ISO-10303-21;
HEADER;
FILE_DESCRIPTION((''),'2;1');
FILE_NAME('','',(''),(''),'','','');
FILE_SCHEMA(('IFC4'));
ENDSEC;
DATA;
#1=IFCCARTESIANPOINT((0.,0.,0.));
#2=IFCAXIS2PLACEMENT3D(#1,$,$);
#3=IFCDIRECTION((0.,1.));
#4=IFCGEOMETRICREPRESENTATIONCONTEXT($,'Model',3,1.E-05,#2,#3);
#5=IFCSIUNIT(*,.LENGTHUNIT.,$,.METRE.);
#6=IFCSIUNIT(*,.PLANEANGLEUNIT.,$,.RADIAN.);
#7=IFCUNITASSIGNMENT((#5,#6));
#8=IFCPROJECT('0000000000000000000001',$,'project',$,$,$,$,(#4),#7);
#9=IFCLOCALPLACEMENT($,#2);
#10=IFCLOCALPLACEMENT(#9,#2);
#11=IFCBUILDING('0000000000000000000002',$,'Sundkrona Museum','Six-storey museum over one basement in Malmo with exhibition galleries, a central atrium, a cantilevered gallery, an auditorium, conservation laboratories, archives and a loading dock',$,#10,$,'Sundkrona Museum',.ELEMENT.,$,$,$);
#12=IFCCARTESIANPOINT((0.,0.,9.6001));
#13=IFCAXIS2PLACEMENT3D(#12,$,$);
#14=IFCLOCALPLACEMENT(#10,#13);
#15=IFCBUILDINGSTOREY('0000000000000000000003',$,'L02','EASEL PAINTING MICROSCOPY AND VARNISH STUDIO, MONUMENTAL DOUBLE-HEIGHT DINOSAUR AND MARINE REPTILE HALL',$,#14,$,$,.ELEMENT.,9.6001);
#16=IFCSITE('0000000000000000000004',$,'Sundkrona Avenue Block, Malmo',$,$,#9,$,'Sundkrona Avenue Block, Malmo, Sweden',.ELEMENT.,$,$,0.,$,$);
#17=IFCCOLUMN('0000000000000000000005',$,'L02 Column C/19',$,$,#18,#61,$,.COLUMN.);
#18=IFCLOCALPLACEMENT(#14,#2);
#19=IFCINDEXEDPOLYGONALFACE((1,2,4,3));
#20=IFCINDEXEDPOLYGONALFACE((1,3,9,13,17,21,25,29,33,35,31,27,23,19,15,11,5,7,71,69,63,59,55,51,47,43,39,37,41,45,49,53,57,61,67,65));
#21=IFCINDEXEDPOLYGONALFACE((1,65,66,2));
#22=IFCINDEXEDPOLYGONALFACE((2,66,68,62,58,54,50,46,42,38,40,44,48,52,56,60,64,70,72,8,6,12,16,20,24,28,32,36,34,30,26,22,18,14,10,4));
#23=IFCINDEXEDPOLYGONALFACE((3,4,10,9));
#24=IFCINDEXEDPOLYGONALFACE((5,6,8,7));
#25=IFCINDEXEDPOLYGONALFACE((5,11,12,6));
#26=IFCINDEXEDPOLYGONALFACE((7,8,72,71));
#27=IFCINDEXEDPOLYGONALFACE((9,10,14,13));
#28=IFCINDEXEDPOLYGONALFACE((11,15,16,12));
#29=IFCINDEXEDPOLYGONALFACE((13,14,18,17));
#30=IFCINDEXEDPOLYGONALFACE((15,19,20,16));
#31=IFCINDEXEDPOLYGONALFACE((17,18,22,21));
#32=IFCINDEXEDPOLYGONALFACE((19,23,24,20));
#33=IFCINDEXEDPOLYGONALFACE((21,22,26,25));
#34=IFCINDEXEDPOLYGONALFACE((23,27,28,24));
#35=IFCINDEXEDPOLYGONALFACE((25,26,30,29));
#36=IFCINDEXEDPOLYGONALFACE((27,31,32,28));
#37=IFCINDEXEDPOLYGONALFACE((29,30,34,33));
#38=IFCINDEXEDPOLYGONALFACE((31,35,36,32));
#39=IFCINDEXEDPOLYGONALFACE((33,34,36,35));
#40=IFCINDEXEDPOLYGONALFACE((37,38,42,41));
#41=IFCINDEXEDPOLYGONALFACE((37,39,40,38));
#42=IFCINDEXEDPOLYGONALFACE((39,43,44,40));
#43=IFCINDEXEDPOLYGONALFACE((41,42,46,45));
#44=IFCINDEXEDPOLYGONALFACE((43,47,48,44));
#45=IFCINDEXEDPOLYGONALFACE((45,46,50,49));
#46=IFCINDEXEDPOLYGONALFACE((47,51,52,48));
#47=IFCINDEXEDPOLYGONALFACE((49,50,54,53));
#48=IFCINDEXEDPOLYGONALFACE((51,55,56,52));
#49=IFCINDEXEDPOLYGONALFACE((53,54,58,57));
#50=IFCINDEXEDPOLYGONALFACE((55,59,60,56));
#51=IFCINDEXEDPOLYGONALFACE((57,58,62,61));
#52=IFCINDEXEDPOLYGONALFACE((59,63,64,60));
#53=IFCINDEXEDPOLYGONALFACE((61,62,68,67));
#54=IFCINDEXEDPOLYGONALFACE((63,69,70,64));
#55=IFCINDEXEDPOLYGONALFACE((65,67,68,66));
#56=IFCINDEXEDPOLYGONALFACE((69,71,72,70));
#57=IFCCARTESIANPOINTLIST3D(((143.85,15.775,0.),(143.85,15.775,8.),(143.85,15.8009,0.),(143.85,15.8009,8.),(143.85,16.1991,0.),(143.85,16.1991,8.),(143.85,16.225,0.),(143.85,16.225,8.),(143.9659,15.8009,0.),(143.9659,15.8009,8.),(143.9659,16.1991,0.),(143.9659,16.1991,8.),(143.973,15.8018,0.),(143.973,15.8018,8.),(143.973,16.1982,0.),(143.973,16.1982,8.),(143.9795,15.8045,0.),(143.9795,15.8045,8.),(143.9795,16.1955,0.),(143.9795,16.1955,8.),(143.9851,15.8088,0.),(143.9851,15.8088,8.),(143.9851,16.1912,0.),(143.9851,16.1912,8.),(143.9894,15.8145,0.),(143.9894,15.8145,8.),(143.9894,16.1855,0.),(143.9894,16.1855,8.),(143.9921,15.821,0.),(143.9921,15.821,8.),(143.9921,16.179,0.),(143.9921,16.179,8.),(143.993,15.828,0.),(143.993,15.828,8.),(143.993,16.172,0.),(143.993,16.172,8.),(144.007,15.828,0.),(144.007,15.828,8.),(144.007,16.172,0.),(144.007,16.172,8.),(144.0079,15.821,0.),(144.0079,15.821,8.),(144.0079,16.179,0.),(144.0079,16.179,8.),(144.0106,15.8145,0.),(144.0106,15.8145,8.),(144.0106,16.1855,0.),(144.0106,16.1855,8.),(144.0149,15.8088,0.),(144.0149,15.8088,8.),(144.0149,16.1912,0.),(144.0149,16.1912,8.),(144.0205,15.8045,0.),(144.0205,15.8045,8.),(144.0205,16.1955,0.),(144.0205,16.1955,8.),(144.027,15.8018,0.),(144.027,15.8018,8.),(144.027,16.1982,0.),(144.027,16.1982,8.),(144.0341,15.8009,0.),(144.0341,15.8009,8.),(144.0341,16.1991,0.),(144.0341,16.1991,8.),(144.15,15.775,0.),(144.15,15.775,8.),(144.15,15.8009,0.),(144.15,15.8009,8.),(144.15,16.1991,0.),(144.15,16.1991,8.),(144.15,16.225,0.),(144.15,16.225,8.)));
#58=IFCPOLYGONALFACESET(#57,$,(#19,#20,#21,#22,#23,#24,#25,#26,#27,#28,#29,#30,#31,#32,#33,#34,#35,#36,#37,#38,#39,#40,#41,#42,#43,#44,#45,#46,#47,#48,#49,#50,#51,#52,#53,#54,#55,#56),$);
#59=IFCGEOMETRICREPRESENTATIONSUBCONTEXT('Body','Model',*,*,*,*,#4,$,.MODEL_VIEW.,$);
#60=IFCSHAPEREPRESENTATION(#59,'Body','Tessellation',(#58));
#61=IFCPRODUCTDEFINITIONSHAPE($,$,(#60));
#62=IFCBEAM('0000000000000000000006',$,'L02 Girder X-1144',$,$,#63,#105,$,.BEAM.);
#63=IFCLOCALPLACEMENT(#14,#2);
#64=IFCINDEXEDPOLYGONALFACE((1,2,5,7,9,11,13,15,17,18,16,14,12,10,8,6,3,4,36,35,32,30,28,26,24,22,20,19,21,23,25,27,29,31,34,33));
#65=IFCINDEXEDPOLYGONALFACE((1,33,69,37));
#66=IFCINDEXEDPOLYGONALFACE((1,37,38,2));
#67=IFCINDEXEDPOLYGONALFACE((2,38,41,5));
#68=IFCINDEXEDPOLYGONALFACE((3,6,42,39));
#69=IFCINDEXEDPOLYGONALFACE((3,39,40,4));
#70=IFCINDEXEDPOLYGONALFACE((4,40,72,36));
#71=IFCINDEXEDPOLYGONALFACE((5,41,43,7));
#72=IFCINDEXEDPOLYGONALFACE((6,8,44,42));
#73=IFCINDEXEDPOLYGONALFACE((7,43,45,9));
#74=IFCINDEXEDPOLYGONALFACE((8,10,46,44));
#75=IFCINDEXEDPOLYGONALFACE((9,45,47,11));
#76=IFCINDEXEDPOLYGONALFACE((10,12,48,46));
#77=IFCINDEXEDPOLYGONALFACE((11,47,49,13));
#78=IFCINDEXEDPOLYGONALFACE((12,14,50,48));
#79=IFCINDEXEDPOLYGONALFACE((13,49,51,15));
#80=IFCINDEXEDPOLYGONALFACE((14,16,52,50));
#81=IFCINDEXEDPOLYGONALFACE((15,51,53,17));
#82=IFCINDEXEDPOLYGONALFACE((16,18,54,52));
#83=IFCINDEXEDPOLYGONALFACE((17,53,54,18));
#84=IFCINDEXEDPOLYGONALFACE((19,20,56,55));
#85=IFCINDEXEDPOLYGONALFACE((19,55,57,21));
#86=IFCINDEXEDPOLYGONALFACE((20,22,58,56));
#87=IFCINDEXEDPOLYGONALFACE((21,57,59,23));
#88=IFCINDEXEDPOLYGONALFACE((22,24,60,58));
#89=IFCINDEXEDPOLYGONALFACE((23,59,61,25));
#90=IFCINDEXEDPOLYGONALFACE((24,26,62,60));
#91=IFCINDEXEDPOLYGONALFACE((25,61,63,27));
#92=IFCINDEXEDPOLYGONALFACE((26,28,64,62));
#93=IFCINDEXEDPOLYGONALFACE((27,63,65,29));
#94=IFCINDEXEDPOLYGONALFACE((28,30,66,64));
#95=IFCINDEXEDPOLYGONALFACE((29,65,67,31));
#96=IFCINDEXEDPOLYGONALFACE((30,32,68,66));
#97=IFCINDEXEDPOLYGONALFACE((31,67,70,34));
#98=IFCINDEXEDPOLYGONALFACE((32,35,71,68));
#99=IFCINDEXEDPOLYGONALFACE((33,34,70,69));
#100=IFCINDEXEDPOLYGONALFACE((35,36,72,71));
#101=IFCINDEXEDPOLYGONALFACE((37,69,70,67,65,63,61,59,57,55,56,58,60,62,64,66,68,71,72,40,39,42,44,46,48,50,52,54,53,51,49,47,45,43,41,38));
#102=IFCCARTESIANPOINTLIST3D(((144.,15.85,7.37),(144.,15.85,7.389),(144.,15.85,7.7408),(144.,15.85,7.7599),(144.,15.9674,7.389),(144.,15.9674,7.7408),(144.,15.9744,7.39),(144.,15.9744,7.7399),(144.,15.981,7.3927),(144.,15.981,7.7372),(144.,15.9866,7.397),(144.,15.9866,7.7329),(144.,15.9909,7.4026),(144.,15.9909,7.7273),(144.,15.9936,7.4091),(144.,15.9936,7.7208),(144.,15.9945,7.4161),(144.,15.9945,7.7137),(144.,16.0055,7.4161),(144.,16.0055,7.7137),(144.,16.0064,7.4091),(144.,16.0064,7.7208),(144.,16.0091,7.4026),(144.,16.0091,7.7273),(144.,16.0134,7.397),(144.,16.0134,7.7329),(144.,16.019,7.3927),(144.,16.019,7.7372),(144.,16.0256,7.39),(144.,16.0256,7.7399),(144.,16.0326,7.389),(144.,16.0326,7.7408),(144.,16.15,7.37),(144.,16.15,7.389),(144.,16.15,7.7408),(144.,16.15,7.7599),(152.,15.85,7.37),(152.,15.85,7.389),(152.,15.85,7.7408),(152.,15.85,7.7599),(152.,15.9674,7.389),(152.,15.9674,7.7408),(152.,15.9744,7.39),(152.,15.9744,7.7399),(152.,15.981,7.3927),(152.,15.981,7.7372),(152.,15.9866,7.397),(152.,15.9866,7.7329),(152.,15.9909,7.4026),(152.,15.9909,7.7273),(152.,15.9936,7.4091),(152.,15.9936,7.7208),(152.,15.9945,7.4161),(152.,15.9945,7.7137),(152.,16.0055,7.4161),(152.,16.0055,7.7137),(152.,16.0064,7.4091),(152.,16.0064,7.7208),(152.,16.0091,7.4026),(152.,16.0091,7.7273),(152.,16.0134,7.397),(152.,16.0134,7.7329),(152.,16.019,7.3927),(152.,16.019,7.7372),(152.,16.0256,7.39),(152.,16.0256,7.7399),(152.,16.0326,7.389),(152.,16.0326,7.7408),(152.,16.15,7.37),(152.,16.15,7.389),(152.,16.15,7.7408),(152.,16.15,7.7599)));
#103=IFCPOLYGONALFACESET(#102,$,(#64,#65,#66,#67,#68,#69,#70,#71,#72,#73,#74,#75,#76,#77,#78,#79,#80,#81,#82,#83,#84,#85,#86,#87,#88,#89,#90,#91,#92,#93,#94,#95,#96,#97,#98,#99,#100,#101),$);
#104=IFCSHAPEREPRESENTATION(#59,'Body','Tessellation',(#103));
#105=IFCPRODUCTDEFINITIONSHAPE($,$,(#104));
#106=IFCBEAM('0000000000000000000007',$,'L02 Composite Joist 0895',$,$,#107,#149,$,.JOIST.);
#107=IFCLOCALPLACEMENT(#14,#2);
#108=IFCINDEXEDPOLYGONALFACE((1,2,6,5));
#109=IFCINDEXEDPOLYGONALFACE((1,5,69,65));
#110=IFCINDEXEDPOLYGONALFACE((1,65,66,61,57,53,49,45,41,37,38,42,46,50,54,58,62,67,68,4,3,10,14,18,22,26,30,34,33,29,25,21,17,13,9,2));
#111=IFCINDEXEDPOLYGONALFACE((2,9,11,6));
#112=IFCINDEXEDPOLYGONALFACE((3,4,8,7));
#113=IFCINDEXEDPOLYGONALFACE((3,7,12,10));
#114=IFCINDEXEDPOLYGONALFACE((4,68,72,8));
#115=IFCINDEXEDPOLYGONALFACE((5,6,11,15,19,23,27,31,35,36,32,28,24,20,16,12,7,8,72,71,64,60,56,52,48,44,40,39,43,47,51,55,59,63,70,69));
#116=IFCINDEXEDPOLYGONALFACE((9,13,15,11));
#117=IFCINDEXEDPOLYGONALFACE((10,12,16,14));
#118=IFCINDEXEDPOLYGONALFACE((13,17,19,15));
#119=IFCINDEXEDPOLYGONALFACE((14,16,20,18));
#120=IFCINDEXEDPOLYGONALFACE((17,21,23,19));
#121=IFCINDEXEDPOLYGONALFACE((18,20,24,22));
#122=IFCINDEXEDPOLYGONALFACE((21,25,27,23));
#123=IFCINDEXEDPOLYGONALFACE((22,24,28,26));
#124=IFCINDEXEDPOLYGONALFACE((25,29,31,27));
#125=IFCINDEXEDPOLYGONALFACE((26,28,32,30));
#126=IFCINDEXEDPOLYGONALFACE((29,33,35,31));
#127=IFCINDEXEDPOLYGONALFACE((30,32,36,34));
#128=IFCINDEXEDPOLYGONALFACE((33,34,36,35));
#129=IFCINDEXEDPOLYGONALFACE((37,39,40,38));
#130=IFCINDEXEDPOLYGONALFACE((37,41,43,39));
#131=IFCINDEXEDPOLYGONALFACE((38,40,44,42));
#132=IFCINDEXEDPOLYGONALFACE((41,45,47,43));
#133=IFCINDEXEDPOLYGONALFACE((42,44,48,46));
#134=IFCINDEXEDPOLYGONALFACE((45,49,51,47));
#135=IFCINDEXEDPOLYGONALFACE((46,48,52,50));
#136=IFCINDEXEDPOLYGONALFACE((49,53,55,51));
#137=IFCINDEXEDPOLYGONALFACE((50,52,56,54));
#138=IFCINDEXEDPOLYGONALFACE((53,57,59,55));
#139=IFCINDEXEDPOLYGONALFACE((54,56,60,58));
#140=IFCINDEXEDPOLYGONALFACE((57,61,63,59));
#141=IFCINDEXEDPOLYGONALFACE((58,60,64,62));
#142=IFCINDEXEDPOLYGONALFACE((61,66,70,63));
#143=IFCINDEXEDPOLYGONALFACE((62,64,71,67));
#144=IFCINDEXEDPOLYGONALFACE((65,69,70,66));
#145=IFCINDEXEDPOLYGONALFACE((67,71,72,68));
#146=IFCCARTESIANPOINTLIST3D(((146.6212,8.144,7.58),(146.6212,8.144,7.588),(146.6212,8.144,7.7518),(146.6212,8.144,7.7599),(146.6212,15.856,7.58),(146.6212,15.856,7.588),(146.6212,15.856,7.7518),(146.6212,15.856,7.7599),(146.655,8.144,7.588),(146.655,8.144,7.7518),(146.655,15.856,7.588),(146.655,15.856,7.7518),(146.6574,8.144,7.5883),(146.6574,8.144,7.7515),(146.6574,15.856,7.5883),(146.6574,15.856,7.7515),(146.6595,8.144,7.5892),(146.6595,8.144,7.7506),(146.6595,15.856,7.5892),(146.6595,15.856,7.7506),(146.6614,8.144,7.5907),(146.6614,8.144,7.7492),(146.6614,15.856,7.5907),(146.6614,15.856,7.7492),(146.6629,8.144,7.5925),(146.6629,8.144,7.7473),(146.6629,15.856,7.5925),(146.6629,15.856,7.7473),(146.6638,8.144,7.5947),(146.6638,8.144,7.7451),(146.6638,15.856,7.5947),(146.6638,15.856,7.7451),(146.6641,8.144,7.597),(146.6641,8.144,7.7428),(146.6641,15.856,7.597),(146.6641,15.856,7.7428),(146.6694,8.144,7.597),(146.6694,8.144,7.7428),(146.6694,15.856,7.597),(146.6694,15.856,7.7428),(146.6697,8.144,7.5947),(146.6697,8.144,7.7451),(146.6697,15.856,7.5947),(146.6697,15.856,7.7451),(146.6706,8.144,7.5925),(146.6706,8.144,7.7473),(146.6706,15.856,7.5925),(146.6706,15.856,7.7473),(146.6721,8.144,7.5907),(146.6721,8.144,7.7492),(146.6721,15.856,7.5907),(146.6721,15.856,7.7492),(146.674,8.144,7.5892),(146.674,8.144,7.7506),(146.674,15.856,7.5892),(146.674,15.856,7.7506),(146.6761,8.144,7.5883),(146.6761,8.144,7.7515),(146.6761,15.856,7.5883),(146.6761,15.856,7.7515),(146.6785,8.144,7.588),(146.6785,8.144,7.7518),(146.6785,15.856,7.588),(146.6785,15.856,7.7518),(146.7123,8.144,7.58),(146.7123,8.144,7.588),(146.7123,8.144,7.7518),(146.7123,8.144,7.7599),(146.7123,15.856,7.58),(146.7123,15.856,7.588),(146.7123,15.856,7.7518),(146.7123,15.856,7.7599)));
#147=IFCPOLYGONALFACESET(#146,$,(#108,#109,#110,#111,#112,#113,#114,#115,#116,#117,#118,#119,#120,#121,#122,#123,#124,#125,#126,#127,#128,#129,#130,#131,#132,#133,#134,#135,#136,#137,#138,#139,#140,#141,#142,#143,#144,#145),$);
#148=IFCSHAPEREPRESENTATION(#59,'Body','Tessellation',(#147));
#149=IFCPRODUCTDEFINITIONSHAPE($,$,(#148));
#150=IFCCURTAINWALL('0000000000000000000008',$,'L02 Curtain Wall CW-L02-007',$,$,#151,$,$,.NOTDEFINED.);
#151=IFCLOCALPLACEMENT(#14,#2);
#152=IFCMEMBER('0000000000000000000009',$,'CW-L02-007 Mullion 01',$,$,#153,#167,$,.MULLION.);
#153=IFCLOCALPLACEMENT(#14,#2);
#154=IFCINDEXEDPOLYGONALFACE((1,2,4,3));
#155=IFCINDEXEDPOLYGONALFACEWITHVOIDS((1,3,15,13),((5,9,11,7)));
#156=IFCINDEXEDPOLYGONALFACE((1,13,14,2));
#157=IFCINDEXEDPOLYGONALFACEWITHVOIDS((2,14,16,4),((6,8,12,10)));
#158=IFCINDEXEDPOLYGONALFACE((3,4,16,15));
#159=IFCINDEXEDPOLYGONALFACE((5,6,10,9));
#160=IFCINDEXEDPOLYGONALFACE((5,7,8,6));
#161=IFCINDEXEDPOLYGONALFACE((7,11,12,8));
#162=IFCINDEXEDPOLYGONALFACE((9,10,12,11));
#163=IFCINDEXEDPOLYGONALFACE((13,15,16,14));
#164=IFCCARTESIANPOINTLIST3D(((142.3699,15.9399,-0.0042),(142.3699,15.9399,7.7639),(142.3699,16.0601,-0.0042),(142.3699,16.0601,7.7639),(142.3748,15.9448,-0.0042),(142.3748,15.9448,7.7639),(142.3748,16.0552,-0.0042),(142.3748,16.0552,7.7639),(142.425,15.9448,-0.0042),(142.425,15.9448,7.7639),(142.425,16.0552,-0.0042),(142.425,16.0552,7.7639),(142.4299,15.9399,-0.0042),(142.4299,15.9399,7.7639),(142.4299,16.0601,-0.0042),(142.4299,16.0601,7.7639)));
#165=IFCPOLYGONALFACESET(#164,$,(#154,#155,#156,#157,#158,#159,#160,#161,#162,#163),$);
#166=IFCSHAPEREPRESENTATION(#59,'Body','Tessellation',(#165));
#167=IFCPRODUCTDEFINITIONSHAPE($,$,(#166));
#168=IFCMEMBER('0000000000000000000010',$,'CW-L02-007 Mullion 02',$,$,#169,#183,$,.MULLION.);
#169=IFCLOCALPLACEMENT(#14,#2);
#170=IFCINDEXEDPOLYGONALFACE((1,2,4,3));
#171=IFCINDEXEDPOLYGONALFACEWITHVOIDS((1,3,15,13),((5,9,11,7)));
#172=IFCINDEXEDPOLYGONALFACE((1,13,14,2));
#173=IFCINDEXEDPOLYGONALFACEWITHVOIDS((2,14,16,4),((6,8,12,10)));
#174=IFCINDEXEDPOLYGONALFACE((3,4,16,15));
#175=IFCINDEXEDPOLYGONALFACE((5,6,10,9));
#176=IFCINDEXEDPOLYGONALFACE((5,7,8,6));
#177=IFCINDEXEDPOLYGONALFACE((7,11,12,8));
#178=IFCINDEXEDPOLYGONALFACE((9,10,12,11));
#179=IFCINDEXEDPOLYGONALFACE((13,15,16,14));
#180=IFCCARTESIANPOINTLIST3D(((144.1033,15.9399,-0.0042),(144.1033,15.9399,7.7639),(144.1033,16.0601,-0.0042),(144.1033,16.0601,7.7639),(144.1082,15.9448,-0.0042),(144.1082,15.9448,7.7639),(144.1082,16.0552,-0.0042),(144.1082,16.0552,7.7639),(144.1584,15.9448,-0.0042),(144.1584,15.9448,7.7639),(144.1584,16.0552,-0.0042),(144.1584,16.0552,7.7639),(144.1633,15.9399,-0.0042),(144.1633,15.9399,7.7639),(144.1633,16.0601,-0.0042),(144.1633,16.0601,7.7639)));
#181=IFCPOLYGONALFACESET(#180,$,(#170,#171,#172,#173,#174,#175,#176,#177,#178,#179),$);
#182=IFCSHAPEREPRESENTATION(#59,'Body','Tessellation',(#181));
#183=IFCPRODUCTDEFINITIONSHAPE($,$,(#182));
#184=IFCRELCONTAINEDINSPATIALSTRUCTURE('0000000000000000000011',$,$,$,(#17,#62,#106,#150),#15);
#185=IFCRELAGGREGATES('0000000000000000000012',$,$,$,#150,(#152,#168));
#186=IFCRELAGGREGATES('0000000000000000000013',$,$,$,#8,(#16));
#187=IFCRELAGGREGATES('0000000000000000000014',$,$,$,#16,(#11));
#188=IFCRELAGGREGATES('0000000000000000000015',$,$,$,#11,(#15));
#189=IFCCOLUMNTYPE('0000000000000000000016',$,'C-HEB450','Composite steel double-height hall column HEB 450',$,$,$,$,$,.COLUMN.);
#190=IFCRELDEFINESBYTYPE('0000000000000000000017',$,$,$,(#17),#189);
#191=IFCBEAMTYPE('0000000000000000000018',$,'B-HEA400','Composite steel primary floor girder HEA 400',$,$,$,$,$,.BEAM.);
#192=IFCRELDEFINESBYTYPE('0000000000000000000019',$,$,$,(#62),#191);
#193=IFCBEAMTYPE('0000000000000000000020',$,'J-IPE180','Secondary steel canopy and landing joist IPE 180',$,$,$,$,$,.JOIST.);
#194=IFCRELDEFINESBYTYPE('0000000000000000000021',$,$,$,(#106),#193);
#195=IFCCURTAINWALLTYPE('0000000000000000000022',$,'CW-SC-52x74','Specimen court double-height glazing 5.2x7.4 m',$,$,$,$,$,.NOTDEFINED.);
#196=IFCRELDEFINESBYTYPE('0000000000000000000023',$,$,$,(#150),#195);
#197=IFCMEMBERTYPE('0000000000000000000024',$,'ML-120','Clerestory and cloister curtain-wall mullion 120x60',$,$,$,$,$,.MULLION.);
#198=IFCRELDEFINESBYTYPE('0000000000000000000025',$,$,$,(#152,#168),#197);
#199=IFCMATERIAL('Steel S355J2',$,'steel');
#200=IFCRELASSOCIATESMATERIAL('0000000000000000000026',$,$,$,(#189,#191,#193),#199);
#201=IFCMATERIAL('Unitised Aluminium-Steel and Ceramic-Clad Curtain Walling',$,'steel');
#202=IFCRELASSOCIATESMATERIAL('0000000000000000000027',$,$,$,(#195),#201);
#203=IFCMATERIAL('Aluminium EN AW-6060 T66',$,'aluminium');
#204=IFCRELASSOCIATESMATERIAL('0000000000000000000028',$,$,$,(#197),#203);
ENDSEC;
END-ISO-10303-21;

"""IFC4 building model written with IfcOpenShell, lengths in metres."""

from ifc_helpers import new_model, si_unit, direction, frame, origin, origin_2d, place, context, subcontext, project, spatial, hollow_rectangle, i_section, extrude, material, material_profile, profile_set, type_object, element, aggregate, save


model = new_model("IFC4")

# Units and contexts
model_context = context("Model", 3, precision=1e-05, world=origin(), true_north=direction((0.0, 1.0)))
body_context = subcontext(model_context, "Body", "Model", "MODEL_VIEW")
ifc_project = project(units=[si_unit("LENGTHUNIT", "METRE"), si_unit("PLANEANGLEUNIT", "RADIAN")], contexts=[model_context])

# Site, building, storey
site_placement = place(None, origin())
site = spatial("IfcSite", under=ifc_project, at=site_placement, Name="Sundkrona Avenue Block, Malmo", LongName="Sundkrona Avenue Block, Malmo, Sweden", CompositionType="ELEMENT", RefElevation=0.0)
building_placement = place(site_placement, origin())
building = spatial("IfcBuilding", under=site, at=building_placement, Name="Sundkrona Museum", Description="Six-storey museum over one basement in Malmo with exhibition galleries, a central atrium, a cantilevered gallery, an auditorium, conservation laboratories, archives and a loading dock", LongName="Sundkrona Museum", CompositionType="ELEMENT")
storey_placement = place(building_placement, frame((0.0, 0.0, 9.6001)))
storey = spatial("IfcBuildingStorey", under=building, at=storey_placement, Name="L02", Description="EASEL PAINTING MICROSCOPY AND VARNISH STUDIO, MONUMENTAL DOUBLE-HEIGHT DINOSAUR AND MARINE REPTILE HALL", CompositionType="ELEMENT", Elevation=9.6001)

# Column
ifc_material_1 = material(Name="Steel S355J2", Category="steel")
ifc_material_profile_1 = material_profile(ifc_material_1, i_section(OverallWidth=0.3, OverallDepth=0.45, WebThickness=0.0139, FlangeThickness=0.0259, FilletRadius=0.0271, at=origin_2d()), Name="HEB 450")
ifc_profile_set_1 = profile_set([ifc_material_profile_1], Name="Steel S355J2")
column_type = type_object("IfcColumnType", Name="C-HEB450", Description="Composite steel double-height hall column HEB 450", PredefinedType="COLUMN", material=ifc_profile_set_1)
column_placement = place(storey_placement, frame((144.0, 16.0, 0.0), z_axis=(0.0, 0.0, 1.0), x_axis=(1.0, 0.0, 0.0)))
element("IfcColumn", 1, at=column_placement, inside=storey, type_object=column_type, Name="L02 Column C/19", PredefinedType="COLUMN", context=body_context, shape_type="SweptSolid", body=[
    extrude(i_section(OverallWidth=0.3, OverallDepth=0.45, WebThickness=0.0139, FlangeThickness=0.0259, FilletRadius=0.0271, at=origin_2d()), origin(), (0.0, 0.0, 1.0), 8.0),
])

# Beams
ifc_material_profile_2 = material_profile(ifc_material_1, i_section(OverallWidth=0.3, OverallDepth=0.3899, WebThickness=0.011, FlangeThickness=0.019, FilletRadius=0.0271, at=origin_2d()), Name="HEA 400")
ifc_profile_set_2 = profile_set([ifc_material_profile_2], Name="Steel S355J2")
beam_type_1 = type_object("IfcBeamType", Name="B-HEA400", Description="Composite steel primary floor girder HEA 400", PredefinedType="BEAM", material=ifc_profile_set_2)
beam_1_placement = place(storey_placement, frame((144.0, 16.0, 7.5649), z_axis=(1.0, 0.0, 0.0), x_axis=(0.0, 1.0, 0.0)))
element("IfcBeam", 2, at=beam_1_placement, inside=storey, type_object=beam_type_1, Name="L02 Girder X-1144", PredefinedType="BEAM", context=body_context, shape_type="SweptSolid", body=[
    extrude(i_section(OverallWidth=0.3, OverallDepth=0.3899, WebThickness=0.011, FlangeThickness=0.019, FilletRadius=0.0271, at=origin_2d()), origin(), (0.0, 0.0, 1.0), 8.0),
])
ifc_material_profile_3 = material_profile(ifc_material_1, i_section(OverallWidth=0.0911, OverallDepth=0.1799, WebThickness=0.0054, FlangeThickness=0.0081, FilletRadius=0.009, at=origin_2d()), Name="IPE 180")
ifc_profile_set_3 = profile_set([ifc_material_profile_3], Name="Steel S355J2")
beam_type_2 = type_object("IfcBeamType", Name="J-IPE180", Description="Secondary steel canopy and landing joist IPE 180", PredefinedType="JOIST", material=ifc_profile_set_3)
beam_2_placement = place(storey_placement, frame((146.6667, 8.144, 7.6699), z_axis=(0.0, 1.0, 0.0), x_axis=(-1.0, 0.0, 0.0)))
element("IfcBeam", 3, at=beam_2_placement, inside=storey, type_object=beam_type_2, Name="L02 Composite Joist 0895", PredefinedType="JOIST", context=body_context, shape_type="SweptSolid", body=[
    extrude(i_section(OverallWidth=0.0911, OverallDepth=0.1799, WebThickness=0.0054, FlangeThickness=0.0081, FilletRadius=0.009, at=origin_2d()), origin(), (0.0, 0.0, 1.0), 7.7119),
])

# Curtain wall, members
ifc_material_2 = material(Name="Unitised Aluminium-Steel and Ceramic-Clad Curtain Walling", Category="steel")
curtain_wall_type = type_object("IfcCurtainWallType", Name="CW-SC-52x74", Description="Specimen court double-height glazing 5.2x7.4 m", PredefinedType="NOTDEFINED", material=ifc_material_2)
curtain_wall_placement = place(storey_placement, origin())
curtain_wall = element("IfcCurtainWall", 4, at=curtain_wall_placement, inside=storey, type_object=curtain_wall_type, Name="L02 Curtain Wall CW-L02-007", PredefinedType="NOTDEFINED")
ifc_material_3 = material(Name="Aluminium EN AW-6060 T66", Category="aluminium")
ifc_material_profile_4 = material_profile(ifc_material_3, hollow_rectangle(XDim=0.0601, YDim=0.1201, WallThickness=0.0049, at=origin_2d()), Name="RHS 120x60x5.0")
ifc_profile_set_4 = profile_set([ifc_material_profile_4], Name="Aluminium EN AW-6060 T66")
member_type_1 = type_object("IfcMemberType", Name="ML-120", Description="Clerestory and cloister curtain-wall mullion 120x60", PredefinedType="MULLION", material=ifc_profile_set_4)
member_1_placement = place(storey_placement, frame((142.3999, 16.0, -0.0042), z_axis=(0.0, 0.0, 1.0), x_axis=(1.0, 0.0, 0.0)))
member_1 = element("IfcMember", 5, at=member_1_placement, type_object=member_type_1, Name="CW-L02-007 Mullion 01", PredefinedType="MULLION", context=body_context, shape_type="SweptSolid", body=[
    extrude(hollow_rectangle(XDim=0.0601, YDim=0.1201, WallThickness=0.0049, at=origin_2d()), origin(), (0.0, 0.0, 1.0), 7.7681),
])
member_2_placement = place(storey_placement, frame((144.1333, 16.0, -0.0042), z_axis=(0.0, 0.0, 1.0), x_axis=(1.0, 0.0, 0.0)))
member_2 = element("IfcMember", 6, at=member_2_placement, type_object=member_type_1, Name="CW-L02-007 Mullion 02", PredefinedType="MULLION", context=body_context, shape_type="SweptSolid", body=[
    extrude(hollow_rectangle(XDim=0.0601, YDim=0.1201, WallThickness=0.0049, at=origin_2d()), origin(), (0.0, 0.0, 1.0), 7.7681),
])
aggregate(curtain_wall, [member_1, member_2])

save(model, "model.ifc")
